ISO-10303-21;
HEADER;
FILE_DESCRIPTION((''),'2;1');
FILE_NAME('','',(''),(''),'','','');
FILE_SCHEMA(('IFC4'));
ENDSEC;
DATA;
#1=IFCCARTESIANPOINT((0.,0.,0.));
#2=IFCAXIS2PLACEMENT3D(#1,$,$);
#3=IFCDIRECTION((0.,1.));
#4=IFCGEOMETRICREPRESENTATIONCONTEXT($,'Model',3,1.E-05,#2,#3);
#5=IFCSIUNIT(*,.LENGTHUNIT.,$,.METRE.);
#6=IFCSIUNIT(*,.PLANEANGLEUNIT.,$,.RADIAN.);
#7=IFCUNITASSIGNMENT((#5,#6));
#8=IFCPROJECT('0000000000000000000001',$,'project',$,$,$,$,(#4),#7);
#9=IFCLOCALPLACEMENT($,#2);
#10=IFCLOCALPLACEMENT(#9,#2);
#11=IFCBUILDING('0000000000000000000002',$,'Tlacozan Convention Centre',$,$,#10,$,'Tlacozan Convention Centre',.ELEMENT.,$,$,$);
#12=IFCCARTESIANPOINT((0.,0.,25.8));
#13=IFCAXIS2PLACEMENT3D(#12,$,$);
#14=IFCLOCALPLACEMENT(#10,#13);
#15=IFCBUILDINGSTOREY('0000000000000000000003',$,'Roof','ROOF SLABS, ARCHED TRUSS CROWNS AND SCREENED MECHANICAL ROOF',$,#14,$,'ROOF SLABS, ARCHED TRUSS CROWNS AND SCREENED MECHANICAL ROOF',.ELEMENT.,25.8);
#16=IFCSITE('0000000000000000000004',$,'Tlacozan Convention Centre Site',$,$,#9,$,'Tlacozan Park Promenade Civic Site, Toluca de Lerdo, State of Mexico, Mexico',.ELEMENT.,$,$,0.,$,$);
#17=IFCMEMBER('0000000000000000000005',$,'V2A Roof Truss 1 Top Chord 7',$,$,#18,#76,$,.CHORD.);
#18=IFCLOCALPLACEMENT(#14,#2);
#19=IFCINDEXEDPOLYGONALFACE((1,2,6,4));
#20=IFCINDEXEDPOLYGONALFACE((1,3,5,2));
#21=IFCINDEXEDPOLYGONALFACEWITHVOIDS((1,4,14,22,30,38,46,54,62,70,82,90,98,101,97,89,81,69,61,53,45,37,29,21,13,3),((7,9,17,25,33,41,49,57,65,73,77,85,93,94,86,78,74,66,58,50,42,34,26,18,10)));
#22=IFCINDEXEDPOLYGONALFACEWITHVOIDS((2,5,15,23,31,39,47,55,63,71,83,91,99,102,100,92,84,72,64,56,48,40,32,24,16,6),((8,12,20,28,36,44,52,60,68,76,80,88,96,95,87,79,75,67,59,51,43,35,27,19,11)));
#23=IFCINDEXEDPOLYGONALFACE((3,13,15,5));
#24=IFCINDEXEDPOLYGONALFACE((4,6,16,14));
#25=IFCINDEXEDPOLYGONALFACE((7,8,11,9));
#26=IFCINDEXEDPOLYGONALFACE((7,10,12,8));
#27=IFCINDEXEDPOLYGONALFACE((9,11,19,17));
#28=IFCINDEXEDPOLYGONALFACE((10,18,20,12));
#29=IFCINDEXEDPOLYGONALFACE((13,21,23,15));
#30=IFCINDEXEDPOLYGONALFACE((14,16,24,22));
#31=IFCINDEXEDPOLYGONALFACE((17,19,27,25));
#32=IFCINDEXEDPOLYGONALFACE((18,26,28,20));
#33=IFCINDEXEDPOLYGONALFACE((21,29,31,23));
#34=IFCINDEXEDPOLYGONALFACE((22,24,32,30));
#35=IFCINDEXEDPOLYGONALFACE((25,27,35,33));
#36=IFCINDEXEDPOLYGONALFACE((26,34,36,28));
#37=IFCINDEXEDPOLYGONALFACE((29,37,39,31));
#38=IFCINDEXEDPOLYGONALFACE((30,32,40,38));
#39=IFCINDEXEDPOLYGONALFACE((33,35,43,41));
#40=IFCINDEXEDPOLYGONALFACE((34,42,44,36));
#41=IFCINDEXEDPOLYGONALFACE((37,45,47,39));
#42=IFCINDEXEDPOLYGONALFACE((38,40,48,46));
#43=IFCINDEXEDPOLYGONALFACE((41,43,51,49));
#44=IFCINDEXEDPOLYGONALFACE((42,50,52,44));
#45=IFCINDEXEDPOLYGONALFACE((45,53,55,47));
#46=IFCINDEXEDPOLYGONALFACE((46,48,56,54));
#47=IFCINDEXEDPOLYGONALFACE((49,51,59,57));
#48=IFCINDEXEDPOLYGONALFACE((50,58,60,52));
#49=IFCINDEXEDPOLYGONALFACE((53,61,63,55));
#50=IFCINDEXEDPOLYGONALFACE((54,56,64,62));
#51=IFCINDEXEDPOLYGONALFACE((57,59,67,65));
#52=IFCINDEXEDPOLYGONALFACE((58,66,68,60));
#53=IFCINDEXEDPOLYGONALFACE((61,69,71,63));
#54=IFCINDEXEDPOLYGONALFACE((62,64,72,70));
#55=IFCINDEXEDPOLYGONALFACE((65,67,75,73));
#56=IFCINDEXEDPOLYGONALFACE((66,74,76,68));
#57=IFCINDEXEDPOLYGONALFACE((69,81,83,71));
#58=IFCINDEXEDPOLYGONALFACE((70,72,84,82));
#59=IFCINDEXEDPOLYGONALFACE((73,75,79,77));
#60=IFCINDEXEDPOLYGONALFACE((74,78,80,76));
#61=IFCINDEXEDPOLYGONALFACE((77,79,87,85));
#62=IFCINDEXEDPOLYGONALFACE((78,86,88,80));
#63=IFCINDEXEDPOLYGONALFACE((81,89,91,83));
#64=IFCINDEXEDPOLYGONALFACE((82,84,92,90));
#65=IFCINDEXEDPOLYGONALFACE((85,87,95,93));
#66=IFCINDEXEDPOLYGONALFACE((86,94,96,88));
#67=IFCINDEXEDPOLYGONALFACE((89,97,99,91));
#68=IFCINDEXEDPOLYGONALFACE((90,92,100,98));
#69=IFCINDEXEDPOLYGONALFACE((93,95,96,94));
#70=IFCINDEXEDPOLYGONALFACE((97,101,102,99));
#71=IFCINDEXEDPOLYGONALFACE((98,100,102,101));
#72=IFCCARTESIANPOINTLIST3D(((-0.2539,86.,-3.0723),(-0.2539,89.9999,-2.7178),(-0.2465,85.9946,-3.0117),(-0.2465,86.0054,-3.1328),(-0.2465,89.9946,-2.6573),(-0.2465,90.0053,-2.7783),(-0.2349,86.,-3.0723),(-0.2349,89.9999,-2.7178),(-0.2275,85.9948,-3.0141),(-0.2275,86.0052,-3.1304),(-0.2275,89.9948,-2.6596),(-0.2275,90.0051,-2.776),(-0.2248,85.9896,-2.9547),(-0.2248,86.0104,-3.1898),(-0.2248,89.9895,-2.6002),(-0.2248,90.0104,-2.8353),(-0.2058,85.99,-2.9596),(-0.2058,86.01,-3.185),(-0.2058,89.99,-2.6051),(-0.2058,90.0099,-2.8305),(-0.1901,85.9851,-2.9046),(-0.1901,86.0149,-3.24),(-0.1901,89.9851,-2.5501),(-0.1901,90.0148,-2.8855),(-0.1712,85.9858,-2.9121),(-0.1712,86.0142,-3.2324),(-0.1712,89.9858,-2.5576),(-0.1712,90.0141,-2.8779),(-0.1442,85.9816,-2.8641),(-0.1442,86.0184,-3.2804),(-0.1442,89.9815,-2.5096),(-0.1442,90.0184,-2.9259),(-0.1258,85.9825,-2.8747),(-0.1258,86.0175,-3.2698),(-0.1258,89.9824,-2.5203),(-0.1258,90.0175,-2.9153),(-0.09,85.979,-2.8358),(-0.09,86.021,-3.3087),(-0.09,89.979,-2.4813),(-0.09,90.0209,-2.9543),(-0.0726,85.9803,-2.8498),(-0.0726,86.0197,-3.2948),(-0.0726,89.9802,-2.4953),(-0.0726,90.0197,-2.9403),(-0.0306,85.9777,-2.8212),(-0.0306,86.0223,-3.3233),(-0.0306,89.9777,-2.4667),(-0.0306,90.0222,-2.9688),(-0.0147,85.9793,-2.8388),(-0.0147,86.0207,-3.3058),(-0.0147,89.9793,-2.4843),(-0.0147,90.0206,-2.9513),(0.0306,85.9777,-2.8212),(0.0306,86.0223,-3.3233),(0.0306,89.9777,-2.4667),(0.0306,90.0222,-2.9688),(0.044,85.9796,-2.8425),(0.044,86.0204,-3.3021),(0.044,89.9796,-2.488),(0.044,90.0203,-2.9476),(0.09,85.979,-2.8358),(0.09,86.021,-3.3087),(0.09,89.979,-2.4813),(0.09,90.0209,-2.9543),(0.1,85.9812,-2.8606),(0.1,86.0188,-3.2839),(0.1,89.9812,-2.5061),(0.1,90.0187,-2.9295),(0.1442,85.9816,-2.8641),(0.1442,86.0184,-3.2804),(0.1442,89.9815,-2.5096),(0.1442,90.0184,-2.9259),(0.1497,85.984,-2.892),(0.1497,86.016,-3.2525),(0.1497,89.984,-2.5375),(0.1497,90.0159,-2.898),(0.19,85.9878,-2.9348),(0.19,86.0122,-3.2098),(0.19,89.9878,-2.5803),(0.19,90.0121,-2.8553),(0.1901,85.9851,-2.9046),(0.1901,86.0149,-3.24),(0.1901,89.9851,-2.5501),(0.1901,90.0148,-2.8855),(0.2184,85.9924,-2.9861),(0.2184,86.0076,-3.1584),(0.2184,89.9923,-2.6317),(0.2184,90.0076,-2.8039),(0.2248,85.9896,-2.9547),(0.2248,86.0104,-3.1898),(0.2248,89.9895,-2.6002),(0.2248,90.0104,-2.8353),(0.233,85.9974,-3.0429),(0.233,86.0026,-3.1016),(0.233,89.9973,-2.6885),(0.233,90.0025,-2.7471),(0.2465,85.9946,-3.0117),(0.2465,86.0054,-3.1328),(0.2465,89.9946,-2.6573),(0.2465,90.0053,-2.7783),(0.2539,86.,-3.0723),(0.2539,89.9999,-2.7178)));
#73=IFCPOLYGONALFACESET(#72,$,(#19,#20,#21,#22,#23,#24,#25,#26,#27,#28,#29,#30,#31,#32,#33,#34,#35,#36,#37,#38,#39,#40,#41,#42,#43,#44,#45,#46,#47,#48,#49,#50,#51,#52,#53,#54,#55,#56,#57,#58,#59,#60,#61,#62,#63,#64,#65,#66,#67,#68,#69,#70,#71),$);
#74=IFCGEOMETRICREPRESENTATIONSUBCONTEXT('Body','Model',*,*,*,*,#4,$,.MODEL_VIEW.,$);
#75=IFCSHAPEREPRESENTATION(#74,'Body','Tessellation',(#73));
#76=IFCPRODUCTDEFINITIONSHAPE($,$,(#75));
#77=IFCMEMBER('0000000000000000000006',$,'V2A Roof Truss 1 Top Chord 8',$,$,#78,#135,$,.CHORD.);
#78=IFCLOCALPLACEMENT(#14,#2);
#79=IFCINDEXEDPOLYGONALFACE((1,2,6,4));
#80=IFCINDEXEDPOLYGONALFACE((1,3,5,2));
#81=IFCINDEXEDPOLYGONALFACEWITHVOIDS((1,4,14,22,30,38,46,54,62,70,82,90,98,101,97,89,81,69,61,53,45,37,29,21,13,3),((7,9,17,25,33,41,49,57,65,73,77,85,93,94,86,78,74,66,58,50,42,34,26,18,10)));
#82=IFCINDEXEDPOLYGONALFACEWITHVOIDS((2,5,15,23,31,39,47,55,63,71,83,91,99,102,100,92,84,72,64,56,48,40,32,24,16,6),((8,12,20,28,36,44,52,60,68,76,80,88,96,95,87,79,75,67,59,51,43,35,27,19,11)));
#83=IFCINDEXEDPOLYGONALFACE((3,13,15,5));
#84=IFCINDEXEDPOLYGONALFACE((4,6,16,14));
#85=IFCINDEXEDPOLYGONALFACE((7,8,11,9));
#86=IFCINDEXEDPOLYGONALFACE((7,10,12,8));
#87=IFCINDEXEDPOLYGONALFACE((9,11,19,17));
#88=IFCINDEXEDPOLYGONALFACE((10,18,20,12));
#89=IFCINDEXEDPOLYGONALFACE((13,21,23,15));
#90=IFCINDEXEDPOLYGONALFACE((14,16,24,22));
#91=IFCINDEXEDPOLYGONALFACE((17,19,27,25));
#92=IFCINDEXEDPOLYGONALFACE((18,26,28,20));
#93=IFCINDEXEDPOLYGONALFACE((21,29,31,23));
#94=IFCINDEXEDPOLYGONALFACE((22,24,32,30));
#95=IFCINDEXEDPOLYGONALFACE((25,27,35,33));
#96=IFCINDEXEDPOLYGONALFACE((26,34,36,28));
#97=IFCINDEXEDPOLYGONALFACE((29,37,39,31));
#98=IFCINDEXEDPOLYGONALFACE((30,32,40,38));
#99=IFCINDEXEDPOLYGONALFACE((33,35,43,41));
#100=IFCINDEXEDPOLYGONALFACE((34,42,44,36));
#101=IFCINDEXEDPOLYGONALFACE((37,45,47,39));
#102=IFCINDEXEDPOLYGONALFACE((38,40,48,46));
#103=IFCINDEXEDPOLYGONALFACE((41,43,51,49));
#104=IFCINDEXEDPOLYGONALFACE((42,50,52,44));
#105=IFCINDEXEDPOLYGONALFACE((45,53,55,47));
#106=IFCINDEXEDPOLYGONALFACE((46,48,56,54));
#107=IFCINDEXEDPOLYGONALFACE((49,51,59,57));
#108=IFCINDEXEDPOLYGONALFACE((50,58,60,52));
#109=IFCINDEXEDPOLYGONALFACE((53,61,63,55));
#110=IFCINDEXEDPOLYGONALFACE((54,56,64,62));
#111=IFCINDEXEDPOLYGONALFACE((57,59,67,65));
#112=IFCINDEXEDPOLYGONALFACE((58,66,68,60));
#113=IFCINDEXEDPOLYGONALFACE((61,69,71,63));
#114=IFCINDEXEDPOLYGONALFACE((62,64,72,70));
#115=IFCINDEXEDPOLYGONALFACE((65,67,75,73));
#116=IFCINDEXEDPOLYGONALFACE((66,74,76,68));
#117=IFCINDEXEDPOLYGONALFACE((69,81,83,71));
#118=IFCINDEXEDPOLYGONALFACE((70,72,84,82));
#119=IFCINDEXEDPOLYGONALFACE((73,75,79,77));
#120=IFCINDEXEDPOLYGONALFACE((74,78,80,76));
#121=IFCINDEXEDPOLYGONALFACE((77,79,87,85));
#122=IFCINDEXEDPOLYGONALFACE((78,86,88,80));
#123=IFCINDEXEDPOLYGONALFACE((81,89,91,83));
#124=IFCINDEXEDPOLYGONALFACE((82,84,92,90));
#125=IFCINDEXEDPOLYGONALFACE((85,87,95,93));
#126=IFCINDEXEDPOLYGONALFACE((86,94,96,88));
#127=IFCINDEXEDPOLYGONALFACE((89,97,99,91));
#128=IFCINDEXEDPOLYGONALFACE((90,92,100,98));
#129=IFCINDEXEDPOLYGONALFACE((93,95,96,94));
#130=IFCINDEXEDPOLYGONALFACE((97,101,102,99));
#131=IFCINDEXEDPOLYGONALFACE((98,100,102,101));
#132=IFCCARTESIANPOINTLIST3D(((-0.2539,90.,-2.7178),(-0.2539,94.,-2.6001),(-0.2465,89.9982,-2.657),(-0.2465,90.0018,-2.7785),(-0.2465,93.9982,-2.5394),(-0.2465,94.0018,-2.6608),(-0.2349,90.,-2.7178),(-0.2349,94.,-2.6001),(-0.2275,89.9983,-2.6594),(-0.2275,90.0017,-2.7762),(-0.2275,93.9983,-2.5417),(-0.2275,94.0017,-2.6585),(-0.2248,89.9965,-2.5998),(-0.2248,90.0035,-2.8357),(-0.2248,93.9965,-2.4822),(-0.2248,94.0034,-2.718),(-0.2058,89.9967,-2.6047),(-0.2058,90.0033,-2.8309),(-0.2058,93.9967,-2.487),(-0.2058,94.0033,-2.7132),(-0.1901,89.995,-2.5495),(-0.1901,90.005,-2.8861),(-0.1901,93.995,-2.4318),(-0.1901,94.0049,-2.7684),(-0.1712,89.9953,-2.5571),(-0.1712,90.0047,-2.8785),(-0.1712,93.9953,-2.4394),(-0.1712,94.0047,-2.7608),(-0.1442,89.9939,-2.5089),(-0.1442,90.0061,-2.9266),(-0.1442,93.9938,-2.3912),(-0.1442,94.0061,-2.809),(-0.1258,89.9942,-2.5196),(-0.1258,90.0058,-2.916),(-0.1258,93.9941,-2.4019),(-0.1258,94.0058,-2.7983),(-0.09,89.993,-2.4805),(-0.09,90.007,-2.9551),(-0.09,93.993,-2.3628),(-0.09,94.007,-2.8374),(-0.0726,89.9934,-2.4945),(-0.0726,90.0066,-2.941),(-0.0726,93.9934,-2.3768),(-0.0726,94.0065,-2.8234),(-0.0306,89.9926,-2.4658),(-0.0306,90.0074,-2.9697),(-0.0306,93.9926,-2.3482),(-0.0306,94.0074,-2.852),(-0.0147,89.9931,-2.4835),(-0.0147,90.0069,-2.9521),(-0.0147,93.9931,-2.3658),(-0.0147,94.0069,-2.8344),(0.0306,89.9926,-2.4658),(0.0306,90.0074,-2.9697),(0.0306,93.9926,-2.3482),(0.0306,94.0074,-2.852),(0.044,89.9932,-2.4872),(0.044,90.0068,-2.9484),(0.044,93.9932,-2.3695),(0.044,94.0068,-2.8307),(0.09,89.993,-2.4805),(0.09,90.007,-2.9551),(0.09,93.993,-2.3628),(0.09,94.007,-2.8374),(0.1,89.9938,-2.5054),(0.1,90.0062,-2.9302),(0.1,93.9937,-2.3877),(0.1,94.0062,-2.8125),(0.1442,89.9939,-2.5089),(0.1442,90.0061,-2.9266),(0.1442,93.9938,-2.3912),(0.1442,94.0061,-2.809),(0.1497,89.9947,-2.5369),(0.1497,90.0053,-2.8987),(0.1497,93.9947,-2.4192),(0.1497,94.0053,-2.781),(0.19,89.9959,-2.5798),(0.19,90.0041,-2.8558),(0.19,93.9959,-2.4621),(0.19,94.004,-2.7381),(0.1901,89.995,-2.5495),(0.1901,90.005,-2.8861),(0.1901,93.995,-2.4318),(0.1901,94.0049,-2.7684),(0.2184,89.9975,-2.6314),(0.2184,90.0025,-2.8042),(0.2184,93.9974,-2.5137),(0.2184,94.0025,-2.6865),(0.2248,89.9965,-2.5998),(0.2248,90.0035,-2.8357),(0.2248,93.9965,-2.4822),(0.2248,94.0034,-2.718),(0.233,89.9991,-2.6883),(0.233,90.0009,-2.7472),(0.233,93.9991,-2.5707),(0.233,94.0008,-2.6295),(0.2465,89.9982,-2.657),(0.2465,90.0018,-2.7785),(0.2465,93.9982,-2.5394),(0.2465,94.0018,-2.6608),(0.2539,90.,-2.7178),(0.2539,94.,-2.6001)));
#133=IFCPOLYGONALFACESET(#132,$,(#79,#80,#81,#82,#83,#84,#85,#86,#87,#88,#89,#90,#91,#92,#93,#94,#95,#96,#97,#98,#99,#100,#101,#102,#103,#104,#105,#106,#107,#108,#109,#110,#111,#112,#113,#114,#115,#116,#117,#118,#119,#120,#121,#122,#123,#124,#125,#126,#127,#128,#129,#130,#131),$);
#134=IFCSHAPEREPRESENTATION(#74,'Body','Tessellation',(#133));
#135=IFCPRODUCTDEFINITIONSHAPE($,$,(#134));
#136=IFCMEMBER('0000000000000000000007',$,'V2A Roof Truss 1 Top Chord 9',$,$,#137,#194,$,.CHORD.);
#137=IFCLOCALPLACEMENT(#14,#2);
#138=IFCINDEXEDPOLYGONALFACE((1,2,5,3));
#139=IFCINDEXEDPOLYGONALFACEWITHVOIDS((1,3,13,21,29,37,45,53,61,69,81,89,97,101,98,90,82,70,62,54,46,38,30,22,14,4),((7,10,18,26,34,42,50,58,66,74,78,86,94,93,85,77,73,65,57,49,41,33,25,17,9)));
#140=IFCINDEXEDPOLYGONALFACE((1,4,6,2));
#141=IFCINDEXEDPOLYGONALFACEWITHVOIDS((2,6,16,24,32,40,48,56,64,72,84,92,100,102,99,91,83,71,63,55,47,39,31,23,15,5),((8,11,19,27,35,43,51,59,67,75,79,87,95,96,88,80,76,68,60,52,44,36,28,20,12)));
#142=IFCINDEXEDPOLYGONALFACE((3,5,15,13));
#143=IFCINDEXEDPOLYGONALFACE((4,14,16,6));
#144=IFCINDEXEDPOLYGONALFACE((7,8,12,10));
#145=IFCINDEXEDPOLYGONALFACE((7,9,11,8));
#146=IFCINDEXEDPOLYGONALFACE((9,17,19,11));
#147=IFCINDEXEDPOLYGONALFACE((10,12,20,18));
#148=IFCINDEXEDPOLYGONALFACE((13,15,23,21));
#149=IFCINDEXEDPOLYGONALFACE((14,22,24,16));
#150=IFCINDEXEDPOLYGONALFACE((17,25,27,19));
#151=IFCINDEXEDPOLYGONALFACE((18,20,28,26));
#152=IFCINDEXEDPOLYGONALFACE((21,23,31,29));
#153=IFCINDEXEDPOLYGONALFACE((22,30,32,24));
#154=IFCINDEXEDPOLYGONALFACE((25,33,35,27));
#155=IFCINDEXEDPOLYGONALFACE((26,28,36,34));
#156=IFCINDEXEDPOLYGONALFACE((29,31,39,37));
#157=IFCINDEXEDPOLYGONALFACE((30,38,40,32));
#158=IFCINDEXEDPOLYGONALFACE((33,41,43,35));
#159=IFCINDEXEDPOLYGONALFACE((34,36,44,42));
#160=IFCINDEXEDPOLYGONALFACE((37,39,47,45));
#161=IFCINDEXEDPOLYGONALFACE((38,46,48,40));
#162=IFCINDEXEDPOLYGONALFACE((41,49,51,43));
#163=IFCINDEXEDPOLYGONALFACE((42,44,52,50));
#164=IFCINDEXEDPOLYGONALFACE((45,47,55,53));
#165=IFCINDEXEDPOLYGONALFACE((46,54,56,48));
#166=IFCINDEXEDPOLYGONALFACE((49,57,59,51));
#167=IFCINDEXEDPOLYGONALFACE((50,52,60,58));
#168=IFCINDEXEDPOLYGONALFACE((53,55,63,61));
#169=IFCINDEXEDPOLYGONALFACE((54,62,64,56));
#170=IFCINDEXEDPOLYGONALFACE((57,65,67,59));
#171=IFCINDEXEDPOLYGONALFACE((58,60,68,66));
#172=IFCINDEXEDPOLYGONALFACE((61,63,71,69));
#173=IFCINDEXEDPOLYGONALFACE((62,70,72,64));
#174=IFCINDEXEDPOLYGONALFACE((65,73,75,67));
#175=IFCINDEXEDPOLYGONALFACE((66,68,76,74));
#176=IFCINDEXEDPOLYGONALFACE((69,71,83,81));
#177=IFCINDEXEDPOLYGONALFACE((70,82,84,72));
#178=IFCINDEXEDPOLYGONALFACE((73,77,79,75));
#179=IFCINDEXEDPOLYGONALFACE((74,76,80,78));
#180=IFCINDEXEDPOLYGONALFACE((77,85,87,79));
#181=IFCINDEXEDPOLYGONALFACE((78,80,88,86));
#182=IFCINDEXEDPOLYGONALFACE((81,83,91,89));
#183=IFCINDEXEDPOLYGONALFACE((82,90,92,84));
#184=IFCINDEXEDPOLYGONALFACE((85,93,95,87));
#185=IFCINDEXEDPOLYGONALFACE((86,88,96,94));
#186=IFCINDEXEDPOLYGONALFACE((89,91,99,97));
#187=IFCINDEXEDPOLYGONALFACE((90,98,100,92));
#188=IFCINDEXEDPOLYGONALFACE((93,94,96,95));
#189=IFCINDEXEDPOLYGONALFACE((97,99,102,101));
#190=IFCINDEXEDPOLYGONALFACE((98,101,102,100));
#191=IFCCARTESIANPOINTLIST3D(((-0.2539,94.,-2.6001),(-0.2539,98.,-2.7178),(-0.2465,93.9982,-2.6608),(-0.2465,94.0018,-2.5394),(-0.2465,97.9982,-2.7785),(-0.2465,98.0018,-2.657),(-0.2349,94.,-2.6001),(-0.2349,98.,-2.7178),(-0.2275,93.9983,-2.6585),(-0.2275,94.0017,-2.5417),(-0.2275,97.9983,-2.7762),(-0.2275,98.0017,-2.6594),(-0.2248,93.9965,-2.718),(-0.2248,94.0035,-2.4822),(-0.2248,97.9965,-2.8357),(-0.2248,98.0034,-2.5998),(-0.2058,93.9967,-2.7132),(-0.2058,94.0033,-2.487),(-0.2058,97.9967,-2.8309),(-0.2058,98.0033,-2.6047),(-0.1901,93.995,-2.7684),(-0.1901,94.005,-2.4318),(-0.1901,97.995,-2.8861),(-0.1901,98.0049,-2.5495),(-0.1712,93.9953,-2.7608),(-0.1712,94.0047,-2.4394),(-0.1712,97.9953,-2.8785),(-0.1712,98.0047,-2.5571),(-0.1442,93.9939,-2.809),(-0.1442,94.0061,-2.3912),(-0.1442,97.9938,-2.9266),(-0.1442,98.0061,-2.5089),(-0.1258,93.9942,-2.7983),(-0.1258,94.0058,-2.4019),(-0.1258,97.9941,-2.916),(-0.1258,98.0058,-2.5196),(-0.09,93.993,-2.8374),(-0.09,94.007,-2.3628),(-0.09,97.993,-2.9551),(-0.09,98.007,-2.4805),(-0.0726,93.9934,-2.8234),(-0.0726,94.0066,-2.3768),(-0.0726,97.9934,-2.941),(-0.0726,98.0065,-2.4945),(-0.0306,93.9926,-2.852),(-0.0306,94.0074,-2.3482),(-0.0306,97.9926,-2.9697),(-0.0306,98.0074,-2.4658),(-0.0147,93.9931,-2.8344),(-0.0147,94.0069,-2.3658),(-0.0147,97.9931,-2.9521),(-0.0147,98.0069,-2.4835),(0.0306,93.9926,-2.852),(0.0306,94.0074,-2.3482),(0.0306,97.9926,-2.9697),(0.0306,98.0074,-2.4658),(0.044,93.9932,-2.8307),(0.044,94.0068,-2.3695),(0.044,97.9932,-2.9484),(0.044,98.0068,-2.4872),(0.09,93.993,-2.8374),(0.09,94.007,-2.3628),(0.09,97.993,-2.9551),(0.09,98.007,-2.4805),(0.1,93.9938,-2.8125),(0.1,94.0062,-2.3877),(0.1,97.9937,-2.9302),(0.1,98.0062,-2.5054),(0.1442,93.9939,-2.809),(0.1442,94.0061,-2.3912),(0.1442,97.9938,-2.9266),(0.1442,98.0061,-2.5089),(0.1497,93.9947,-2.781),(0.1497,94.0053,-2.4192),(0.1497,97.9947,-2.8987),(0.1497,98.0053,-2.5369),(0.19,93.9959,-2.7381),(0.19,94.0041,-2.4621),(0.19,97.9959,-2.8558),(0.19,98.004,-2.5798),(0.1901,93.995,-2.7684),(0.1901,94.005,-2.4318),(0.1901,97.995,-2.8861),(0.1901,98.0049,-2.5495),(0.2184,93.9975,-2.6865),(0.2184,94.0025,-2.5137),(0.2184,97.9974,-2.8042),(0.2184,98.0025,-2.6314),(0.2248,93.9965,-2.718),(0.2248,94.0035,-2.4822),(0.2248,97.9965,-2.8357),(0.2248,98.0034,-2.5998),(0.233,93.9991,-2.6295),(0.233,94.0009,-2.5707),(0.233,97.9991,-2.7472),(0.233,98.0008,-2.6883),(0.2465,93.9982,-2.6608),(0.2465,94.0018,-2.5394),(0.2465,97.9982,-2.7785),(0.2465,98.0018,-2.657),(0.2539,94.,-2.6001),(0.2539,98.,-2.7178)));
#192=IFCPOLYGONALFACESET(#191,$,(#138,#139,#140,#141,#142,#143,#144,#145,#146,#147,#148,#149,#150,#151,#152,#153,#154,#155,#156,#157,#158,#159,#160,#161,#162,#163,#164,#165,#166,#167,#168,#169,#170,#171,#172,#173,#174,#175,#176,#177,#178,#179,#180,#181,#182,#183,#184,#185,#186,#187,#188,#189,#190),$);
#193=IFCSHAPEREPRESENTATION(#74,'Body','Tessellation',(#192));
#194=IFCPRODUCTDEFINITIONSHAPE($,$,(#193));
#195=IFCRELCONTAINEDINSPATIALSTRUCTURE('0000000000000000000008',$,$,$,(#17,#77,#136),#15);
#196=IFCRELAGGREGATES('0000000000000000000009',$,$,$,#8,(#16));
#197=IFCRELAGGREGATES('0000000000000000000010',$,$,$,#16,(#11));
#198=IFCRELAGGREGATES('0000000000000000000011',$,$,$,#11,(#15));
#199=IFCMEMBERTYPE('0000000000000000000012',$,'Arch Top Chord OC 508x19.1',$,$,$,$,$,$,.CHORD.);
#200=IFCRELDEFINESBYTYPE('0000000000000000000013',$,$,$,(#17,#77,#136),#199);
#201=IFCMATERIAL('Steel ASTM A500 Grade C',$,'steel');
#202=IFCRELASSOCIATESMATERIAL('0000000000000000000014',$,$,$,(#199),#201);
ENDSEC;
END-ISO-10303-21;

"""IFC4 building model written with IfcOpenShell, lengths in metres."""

from ifc_helpers import new_model, si_unit, direction, frame, origin, origin_2d, place, context, subcontext, project, spatial, hollow_circle, extrude, material, material_profile, profile_set, type_object, element, save


model = new_model("IFC4")

# Units and contexts
model_context = context("Model", 3, precision=1e-05, world=origin(), true_north=direction((0.0, 1.0)))
body_context = subcontext(model_context, "Body", "Model", "MODEL_VIEW")
ifc_project = project(units=[si_unit("LENGTHUNIT", "METRE"), si_unit("PLANEANGLEUNIT", "RADIAN")], contexts=[model_context])

# Site, building, storey
site_placement = place(None, origin())
site = spatial("IfcSite", under=ifc_project, at=site_placement, Name="Tlacozan Convention Centre Site", LongName="Tlacozan Park Promenade Civic Site, Toluca de Lerdo, State of Mexico, Mexico", CompositionType="ELEMENT", RefElevation=0.0)
building_placement = place(site_placement, origin())
building = spatial("IfcBuilding", under=site, at=building_placement, Name="Tlacozan Convention Centre", LongName="Tlacozan Convention Centre", CompositionType="ELEMENT")
storey_placement = place(building_placement, frame((0.0, 0.0, 25.8)))
storey = spatial("IfcBuildingStorey", under=building, at=storey_placement, Name="Roof", Description="ROOF SLABS, ARCHED TRUSS CROWNS AND SCREENED MECHANICAL ROOF", LongName="ROOF SLABS, ARCHED TRUSS CROWNS AND SCREENED MECHANICAL ROOF", CompositionType="ELEMENT", Elevation=25.8)

# Members
ifc_material_1 = material(Name="Steel ASTM A500 Grade C", Category="steel")
ifc_material_profile_1 = material_profile(ifc_material_1, hollow_circle(Radius=0.2539, WallThickness=0.019, at=origin_2d()), Name="OC 508.0x19.1")
ifc_profile_set_1 = profile_set([ifc_material_profile_1], Name="Steel ASTM A500 Grade C")
member_type_1 = type_object("IfcMemberType", Name="Arch Top Chord OC 508x19.1", PredefinedType="CHORD", material=ifc_profile_set_1)
member_1_placement = place(storey_placement, frame((0.0, 86.0, -3.0723), z_axis=(0.0, 0.996096, 0.088277), x_axis=(-1.0, 0.0, 0.0)))
element("IfcMember", 1, at=member_1_placement, inside=storey, type_object=member_type_1, Name="V2A Roof Truss 1 Top Chord 7", PredefinedType="CHORD", context=body_context, shape_type="SweptSolid", body=[
    extrude(hollow_circle(Radius=0.2539, WallThickness=0.019, at=origin_2d()), origin(), (0.0, 0.0, 1.0), 4.0156),
])
for number, where, z_axis, x_axis, name in (
    (2, (0.0, 90.0, -2.7178), (0.0, 0.999568, 0.029406), (-1.0, 0.0, 0.0), "V2A Roof Truss 1 Top Chord 8"),
    (3, (0.0, 94.0, -2.6001), (0.0, 0.999568, -0.029406), (-1.0, 0.0, 0.0), "V2A Roof Truss 1 Top Chord 9"),
):
    element("IfcMember", number, at=place(storey_placement, frame(where, z_axis=z_axis, x_axis=x_axis)), inside=storey, type_object=member_type_1, Name=name, PredefinedType="CHORD", context=body_context, shape_type="SweptSolid", body=[
        extrude(hollow_circle(Radius=0.2539, WallThickness=0.019, at=origin_2d()), origin(), (0.0, 0.0, 1.0), 4.0017),
    ])

save(model, "model.ifc")
